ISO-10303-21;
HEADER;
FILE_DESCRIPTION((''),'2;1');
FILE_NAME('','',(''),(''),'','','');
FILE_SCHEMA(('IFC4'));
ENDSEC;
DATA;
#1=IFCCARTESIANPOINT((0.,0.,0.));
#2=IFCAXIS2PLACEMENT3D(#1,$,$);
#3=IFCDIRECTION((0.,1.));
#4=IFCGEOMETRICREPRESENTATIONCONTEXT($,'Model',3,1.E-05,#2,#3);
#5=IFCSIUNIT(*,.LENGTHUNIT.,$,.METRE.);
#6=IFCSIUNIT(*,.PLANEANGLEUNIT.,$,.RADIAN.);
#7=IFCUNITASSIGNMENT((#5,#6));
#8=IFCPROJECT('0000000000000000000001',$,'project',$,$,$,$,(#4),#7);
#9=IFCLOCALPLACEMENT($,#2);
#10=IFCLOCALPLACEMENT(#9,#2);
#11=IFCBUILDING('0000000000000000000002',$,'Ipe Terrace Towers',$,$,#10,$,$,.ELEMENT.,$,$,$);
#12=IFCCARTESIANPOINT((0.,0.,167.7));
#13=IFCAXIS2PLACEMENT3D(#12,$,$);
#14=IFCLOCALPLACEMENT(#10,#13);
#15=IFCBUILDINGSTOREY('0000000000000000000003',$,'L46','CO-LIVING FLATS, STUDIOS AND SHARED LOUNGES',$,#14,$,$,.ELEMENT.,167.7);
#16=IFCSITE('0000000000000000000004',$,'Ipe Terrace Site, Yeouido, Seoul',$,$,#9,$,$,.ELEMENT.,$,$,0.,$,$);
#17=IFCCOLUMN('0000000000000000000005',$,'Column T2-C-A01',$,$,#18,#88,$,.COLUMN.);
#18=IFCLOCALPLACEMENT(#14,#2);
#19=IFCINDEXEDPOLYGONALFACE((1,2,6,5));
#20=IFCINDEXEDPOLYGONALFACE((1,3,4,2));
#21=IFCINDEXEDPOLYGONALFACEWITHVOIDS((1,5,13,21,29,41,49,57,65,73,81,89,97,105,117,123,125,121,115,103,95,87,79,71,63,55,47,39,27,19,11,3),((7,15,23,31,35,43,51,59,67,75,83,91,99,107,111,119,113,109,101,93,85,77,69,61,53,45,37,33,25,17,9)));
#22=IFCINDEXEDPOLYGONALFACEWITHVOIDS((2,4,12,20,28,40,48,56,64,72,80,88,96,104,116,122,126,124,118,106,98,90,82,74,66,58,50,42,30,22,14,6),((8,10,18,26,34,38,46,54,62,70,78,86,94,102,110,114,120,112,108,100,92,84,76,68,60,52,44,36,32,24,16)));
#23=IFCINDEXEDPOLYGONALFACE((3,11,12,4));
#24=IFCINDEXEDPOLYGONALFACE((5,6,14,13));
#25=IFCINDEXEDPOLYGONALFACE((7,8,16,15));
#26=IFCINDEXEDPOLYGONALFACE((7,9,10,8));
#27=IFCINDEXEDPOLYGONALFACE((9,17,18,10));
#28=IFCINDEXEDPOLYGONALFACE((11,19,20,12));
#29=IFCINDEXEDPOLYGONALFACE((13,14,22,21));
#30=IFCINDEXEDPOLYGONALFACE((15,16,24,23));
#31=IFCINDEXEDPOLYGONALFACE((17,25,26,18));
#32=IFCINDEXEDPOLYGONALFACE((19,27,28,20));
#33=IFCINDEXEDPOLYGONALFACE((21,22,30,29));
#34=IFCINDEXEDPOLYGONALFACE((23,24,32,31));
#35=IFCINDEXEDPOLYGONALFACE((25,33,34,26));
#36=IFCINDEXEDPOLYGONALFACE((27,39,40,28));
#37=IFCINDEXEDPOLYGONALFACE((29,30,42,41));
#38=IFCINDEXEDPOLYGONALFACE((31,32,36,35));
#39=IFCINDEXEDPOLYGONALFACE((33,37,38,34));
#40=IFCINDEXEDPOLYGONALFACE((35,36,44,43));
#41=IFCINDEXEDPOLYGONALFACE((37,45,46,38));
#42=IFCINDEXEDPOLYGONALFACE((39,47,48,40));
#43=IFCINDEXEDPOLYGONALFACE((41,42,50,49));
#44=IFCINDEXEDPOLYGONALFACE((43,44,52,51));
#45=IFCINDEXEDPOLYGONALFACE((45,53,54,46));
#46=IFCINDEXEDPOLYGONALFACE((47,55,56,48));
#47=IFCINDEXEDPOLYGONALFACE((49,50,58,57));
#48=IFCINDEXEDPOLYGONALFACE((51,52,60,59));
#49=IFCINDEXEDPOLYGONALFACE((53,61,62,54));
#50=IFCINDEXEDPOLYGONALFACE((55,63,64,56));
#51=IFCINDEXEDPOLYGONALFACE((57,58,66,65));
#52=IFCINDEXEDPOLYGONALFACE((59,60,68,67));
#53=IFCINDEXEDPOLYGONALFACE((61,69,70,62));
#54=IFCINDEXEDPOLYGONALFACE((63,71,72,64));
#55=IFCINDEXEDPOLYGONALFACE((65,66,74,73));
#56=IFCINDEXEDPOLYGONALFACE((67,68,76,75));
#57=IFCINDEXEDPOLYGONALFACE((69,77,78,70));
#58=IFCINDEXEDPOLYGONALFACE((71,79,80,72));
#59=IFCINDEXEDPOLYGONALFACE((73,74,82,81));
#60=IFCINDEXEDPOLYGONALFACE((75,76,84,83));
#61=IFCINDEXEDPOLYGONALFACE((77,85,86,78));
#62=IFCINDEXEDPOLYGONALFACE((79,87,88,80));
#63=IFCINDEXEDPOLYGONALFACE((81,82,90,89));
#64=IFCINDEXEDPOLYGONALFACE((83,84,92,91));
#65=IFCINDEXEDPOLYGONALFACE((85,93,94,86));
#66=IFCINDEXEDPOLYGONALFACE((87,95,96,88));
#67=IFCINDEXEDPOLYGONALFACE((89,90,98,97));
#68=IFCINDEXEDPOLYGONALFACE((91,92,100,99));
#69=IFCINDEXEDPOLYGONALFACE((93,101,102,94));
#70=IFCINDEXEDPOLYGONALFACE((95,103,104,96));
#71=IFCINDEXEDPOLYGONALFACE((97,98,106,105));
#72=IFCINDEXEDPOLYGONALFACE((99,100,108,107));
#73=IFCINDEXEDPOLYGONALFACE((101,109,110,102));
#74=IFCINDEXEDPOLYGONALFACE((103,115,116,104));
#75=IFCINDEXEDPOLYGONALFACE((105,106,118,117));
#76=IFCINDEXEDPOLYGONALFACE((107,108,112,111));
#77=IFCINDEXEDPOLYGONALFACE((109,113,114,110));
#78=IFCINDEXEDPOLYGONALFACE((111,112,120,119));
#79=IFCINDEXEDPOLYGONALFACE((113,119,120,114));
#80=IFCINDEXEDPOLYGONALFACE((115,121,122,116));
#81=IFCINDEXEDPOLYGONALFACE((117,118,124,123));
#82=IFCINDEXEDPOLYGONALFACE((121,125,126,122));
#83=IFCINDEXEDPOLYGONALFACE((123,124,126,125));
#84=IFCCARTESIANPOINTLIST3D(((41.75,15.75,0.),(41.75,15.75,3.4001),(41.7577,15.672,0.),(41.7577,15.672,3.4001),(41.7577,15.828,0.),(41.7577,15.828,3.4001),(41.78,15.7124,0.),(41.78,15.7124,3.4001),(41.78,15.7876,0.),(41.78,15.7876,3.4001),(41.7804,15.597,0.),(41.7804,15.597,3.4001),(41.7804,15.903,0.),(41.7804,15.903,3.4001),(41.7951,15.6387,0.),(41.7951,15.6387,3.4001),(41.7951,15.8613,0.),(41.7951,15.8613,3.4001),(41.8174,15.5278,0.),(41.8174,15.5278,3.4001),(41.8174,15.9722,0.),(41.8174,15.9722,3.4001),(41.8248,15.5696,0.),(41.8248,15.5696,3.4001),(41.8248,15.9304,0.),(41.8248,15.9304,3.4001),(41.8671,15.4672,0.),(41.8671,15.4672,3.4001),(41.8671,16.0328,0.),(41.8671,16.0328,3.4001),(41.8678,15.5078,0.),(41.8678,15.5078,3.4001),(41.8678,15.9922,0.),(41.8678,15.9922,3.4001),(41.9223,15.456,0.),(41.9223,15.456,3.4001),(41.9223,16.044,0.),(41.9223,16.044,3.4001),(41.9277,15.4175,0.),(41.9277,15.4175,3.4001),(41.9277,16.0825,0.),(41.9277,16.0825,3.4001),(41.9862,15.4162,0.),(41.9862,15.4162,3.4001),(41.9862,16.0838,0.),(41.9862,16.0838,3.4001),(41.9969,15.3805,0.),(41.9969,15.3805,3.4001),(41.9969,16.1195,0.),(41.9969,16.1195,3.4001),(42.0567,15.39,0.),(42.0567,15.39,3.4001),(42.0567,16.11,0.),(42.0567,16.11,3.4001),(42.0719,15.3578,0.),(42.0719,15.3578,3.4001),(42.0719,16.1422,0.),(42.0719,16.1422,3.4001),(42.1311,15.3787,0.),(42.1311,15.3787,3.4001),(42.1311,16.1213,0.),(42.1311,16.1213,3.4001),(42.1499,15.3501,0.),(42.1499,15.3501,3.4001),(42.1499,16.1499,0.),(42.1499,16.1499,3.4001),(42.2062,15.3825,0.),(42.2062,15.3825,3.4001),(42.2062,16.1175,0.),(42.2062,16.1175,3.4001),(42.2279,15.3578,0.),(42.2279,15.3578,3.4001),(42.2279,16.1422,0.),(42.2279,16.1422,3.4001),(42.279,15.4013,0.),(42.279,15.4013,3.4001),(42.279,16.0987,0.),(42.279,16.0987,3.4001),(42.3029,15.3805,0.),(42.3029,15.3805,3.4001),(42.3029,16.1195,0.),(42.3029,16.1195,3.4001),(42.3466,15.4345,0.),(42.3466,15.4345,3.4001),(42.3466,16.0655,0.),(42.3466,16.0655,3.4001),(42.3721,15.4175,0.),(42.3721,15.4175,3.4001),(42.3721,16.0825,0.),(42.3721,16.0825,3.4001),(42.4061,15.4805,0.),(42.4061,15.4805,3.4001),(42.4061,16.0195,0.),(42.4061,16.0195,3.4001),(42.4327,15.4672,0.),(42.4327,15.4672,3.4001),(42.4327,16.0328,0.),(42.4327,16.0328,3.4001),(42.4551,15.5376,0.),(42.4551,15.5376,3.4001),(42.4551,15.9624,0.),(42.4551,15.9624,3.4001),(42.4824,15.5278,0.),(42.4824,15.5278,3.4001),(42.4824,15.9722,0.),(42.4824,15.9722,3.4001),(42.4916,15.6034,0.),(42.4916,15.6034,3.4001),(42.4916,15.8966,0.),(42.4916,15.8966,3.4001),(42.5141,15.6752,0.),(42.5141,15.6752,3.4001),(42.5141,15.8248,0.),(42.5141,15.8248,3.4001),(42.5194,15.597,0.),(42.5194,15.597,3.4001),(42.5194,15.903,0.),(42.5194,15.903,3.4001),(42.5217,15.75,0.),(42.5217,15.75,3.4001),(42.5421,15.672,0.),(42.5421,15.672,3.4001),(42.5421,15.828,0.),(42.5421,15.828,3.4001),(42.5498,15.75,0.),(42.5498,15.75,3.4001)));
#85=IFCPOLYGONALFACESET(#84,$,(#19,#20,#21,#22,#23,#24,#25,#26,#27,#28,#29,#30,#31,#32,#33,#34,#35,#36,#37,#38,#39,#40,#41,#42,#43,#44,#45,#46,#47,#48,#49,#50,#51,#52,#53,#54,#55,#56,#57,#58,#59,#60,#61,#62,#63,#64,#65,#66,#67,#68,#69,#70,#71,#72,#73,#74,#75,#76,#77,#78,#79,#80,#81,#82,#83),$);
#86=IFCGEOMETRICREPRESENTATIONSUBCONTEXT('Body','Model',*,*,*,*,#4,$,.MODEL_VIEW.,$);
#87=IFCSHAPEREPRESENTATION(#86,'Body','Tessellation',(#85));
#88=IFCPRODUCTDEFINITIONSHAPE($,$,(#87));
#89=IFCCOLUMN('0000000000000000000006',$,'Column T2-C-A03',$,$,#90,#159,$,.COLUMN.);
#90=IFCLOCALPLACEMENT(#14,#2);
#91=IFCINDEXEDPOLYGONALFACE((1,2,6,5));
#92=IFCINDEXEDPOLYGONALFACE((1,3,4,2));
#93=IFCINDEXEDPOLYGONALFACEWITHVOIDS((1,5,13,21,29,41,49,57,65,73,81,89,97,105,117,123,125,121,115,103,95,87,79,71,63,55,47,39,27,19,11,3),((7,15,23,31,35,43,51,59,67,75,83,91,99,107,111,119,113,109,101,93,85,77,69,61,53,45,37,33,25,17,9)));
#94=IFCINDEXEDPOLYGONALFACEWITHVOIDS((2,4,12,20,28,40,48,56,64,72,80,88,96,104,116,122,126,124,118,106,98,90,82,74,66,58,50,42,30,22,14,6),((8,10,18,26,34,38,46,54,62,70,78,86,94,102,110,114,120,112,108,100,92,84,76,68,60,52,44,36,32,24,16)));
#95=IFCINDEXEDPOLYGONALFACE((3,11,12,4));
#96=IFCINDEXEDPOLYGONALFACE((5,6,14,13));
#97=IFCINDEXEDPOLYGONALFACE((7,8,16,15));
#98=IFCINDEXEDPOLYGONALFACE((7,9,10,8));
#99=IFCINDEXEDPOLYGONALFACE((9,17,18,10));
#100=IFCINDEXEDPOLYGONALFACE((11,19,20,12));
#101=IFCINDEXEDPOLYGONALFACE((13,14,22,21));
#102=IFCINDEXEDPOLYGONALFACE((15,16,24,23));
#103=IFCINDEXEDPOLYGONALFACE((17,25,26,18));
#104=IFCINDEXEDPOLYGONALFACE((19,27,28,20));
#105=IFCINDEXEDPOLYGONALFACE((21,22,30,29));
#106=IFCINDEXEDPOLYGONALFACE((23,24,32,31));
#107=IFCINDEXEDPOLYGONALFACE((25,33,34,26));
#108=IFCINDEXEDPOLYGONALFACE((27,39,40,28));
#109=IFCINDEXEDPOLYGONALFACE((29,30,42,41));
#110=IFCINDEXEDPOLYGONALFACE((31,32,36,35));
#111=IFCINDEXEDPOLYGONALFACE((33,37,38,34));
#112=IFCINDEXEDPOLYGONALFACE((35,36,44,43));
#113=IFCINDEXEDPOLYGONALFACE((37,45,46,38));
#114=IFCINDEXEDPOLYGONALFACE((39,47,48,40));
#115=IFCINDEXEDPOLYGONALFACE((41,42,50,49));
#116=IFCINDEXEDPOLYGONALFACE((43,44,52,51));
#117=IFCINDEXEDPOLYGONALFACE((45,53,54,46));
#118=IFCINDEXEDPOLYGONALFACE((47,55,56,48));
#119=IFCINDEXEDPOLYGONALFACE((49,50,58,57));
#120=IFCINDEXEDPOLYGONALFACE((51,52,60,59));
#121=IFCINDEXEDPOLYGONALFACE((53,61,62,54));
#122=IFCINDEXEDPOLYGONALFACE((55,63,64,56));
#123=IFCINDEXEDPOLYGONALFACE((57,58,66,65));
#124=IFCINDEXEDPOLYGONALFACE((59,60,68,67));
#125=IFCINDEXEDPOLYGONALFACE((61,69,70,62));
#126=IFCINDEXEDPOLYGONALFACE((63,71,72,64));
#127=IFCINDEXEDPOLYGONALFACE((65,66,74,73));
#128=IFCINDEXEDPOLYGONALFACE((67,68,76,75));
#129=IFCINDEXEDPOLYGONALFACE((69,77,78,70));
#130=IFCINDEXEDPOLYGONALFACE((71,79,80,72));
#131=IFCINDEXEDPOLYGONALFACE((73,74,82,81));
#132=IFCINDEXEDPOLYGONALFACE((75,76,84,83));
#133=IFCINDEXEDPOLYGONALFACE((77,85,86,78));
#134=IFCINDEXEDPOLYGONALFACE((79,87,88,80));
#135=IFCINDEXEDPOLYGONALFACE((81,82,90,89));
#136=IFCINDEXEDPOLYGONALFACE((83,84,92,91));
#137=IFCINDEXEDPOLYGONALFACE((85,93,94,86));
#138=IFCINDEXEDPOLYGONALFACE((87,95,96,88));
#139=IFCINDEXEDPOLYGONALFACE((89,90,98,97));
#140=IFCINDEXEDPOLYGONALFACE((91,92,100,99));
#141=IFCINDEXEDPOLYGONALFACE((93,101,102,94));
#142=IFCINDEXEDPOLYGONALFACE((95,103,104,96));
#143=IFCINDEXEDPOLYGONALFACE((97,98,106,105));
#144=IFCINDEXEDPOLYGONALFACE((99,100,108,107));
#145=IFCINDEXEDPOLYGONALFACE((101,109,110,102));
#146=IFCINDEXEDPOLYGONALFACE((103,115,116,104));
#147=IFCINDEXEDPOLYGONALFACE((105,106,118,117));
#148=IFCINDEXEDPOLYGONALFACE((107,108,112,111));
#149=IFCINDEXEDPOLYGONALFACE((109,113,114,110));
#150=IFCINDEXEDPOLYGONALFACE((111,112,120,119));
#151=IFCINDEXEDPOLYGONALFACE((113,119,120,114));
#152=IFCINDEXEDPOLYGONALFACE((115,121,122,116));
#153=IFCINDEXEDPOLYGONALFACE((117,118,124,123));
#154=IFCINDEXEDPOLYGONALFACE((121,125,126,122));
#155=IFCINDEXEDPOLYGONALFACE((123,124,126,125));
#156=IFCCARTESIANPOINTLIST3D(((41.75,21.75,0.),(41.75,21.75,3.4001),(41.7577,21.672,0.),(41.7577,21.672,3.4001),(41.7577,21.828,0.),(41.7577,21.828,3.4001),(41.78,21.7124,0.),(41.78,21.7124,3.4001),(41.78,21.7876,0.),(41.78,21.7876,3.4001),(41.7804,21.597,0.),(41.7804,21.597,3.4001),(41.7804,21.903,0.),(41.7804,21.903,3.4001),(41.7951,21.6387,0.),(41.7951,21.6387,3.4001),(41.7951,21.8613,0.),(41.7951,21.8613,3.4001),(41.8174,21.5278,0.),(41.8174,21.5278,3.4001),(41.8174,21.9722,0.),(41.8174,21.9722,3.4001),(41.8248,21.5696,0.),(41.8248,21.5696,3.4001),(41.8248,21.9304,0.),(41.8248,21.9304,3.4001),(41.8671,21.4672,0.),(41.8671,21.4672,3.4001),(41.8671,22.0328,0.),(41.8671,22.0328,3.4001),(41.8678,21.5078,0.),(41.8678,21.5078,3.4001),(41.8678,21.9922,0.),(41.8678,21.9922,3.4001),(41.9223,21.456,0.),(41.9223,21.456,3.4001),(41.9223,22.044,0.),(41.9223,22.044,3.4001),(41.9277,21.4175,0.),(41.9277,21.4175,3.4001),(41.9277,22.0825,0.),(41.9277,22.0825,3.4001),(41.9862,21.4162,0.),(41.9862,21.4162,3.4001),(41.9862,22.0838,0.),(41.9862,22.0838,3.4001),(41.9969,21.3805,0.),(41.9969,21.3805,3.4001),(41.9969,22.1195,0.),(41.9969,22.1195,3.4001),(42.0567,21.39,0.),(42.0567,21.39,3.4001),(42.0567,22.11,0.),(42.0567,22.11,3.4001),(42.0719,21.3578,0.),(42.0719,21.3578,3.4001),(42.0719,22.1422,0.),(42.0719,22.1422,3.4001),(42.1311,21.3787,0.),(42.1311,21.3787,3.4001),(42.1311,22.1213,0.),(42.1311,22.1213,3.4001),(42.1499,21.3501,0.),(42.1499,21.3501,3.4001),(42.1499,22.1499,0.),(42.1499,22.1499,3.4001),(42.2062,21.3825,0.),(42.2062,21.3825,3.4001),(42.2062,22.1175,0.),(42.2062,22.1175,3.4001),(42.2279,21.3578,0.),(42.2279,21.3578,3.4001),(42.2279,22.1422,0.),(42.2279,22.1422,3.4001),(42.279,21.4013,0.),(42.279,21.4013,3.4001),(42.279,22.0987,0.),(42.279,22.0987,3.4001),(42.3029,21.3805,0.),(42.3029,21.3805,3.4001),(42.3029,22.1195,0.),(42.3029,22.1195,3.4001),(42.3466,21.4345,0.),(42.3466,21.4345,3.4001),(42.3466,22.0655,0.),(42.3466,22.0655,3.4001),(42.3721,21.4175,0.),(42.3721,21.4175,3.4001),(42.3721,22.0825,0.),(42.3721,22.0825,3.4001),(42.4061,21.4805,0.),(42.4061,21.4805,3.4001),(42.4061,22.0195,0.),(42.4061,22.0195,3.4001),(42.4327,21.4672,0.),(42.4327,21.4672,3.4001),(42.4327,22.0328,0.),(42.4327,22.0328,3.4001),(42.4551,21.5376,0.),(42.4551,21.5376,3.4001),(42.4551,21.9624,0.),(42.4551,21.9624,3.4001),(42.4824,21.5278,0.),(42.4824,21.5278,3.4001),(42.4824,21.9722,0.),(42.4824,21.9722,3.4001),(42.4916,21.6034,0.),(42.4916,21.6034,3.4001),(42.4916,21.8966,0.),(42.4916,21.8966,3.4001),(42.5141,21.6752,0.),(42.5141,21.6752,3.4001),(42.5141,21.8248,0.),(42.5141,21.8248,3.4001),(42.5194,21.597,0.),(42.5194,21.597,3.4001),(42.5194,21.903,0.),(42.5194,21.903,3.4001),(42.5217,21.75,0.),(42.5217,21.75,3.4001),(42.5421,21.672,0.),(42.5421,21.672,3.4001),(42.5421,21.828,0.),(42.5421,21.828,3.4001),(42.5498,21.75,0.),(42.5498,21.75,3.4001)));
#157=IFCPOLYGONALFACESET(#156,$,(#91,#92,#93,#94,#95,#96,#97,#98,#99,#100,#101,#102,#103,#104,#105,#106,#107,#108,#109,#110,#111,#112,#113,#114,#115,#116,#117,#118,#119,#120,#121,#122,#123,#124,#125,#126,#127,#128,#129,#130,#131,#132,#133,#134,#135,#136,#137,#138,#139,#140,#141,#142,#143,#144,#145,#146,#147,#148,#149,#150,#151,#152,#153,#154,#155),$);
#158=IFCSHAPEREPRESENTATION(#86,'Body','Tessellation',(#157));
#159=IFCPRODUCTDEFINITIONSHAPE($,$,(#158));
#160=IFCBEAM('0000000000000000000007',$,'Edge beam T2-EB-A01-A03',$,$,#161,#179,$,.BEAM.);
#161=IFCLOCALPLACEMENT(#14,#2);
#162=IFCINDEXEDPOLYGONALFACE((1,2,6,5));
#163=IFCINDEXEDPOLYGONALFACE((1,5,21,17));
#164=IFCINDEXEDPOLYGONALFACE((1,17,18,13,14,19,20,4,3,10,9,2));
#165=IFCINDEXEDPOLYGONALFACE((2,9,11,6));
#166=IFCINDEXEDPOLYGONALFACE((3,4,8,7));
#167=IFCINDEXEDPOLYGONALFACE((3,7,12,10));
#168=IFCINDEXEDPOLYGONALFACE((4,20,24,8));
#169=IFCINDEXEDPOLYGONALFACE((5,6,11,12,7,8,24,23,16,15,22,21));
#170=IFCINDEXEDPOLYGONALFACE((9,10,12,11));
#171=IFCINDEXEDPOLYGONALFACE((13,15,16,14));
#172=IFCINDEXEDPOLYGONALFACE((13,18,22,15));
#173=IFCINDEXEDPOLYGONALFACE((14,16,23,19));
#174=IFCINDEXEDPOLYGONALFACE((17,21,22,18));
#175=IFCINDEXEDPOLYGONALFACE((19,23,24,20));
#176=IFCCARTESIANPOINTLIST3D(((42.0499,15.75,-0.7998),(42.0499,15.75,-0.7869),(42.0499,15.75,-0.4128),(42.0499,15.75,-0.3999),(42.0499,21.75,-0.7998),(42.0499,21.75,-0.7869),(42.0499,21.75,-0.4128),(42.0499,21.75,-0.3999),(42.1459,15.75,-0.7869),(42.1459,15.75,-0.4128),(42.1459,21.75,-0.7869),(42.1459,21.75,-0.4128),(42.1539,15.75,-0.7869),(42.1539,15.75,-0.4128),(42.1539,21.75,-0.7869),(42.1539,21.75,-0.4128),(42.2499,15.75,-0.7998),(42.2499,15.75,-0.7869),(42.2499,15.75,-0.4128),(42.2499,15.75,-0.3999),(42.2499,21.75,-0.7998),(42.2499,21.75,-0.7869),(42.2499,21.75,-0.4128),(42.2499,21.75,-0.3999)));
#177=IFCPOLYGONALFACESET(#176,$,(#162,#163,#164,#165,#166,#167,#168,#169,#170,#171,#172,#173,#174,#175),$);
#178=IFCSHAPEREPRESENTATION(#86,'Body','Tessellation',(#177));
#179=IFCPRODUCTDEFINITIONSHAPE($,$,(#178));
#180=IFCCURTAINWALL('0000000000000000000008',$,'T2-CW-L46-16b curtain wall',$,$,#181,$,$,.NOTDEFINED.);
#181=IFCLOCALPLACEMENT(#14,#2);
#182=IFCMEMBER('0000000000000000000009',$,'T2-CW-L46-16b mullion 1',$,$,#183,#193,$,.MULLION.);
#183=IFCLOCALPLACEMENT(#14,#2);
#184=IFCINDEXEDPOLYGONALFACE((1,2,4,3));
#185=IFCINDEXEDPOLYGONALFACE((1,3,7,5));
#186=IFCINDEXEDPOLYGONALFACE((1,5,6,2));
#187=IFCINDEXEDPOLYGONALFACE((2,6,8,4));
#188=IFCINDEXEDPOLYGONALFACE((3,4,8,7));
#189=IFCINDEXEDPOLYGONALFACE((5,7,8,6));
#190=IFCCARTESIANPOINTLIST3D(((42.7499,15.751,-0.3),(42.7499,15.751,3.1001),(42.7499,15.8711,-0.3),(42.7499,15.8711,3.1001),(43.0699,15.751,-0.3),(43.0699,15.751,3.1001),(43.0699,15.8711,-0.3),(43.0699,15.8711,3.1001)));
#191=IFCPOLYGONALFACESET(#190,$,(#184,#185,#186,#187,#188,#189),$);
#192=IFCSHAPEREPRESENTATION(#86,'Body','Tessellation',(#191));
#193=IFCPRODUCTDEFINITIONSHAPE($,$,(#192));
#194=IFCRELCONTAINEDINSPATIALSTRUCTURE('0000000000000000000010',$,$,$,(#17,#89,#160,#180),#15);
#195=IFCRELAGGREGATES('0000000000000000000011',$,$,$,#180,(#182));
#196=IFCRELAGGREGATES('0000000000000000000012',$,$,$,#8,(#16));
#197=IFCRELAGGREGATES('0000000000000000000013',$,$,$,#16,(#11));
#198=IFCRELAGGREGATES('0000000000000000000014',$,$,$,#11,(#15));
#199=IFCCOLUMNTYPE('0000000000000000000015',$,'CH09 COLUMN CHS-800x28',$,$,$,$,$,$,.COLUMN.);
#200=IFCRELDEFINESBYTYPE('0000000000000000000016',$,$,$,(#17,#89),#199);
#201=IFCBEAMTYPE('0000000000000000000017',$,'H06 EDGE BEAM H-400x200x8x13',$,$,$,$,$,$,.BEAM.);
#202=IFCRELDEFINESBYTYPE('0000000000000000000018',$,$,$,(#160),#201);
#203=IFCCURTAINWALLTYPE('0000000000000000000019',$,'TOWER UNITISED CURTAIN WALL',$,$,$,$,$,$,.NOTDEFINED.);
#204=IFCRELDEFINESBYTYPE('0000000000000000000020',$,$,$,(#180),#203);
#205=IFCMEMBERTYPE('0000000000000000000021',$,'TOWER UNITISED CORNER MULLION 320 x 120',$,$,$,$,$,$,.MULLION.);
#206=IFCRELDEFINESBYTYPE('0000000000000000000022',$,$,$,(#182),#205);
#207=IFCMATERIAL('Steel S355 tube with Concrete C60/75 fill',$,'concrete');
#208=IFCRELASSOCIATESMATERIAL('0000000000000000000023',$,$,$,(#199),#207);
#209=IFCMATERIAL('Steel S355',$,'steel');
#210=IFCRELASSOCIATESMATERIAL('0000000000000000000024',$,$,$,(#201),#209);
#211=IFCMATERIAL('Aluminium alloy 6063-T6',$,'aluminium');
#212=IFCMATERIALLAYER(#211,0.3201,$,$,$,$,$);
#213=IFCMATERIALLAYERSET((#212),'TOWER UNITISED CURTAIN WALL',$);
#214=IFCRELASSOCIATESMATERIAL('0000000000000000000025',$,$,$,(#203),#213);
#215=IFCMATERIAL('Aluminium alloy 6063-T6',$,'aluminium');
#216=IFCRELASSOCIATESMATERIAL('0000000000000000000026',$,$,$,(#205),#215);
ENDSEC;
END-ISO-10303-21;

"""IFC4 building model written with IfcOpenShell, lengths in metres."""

from ifc_helpers import new_model, si_unit, direction, frame, origin, origin_2d, place, context, subcontext, project, spatial, rectangle, hollow_circle, i_section, extrude, material, layer, layer_set, material_profile, profile_set, type_object, element, aggregate, save


model = new_model("IFC4")

# Units and contexts
model_context = context("Model", 3, precision=1e-05, world=origin(), true_north=direction((0.0, 1.0)))
body_context = subcontext(model_context, "Body", "Model", "MODEL_VIEW")
ifc_project = project(units=[si_unit("LENGTHUNIT", "METRE"), si_unit("PLANEANGLEUNIT", "RADIAN")], contexts=[model_context])

# Site, building, storey
site_placement = place(None, origin())
site = spatial("IfcSite", under=ifc_project, at=site_placement, Name="Ipe Terrace Site, Yeouido, Seoul", CompositionType="ELEMENT", RefElevation=0.0)
building_placement = place(site_placement, origin())
building = spatial("IfcBuilding", under=site, at=building_placement, Name="Ipe Terrace Towers", CompositionType="ELEMENT")
storey_placement = place(building_placement, frame((0.0, 0.0, 167.7)))
storey = spatial("IfcBuildingStorey", under=building, at=storey_placement, Name="L46", Description="CO-LIVING FLATS, STUDIOS AND SHARED LOUNGES", CompositionType="ELEMENT", Elevation=167.7)

# Columns
ifc_material_1 = material(Name="Steel S355 tube with Concrete C60/75 fill", Category="concrete")
ifc_material_profile_1 = material_profile(ifc_material_1, hollow_circle(Radius=0.3999, WallThickness=0.0281, at=origin_2d()), Name="CHS-800x28")
ifc_profile_set_1 = profile_set([ifc_material_profile_1], Name="Steel S355 tube with Concrete C60/75 fill")
column_type = type_object("IfcColumnType", Name="CH09 COLUMN CHS-800x28", PredefinedType="COLUMN", material=ifc_profile_set_1)
for number, where, z_axis, x_axis, name in (
    (1, (42.1499, 15.75, 0.0), (0.0, 0.0, 1.0), (1.0, 0.0, 0.0), "Column T2-C-A01"),
    (2, (42.1499, 21.75, 0.0), (0.0, 0.0, 1.0), (1.0, 0.0, 0.0), "Column T2-C-A03"),
):
    element("IfcColumn", number, at=place(storey_placement, frame(where, z_axis=z_axis, x_axis=x_axis)), inside=storey, type_object=column_type, Name=name, PredefinedType="COLUMN", context=body_context, shape_type="SweptSolid", body=[
        extrude(hollow_circle(Radius=0.3999, WallThickness=0.0281, at=origin_2d()), origin(), (0.0, 0.0, 1.0), 3.4001),
    ])

# Beam
ifc_material_2 = material(Name="Steel S355", Category="steel")
ifc_material_profile_2 = material_profile(ifc_material_2, i_section(OverallWidth=0.2, OverallDepth=0.3999, WebThickness=0.0081, FlangeThickness=0.0129, at=origin_2d()), Name="H-400x200x8x13")
ifc_profile_set_2 = profile_set([ifc_material_profile_2], Name="Steel S355")
beam_type = type_object("IfcBeamType", Name="H06 EDGE BEAM H-400x200x8x13", PredefinedType="BEAM", material=ifc_profile_set_2)
beam_placement = place(storey_placement, frame((42.1499, 15.75, -0.5999), z_axis=(0.0, 1.0, 0.0), x_axis=(-1.0, 0.0, 0.0)))
element("IfcBeam", 3, at=beam_placement, inside=storey, type_object=beam_type, Name="Edge beam T2-EB-A01-A03", PredefinedType="BEAM", context=body_context, shape_type="SweptSolid", body=[
    extrude(i_section(OverallWidth=0.2, OverallDepth=0.3999, WebThickness=0.0081, FlangeThickness=0.0129, at=origin_2d()), origin(), (0.0, 0.0, 1.0), 6.0),
])

# Curtain wall, member
ifc_material_3 = material(Name="Aluminium alloy 6063-T6", Category="aluminium")
ifc_layer_1 = layer(ifc_material_3, 0.3201)
ifc_layer_set_1 = layer_set([ifc_layer_1], Name="TOWER UNITISED CURTAIN WALL")
curtain_wall_type = type_object("IfcCurtainWallType", Name="TOWER UNITISED CURTAIN WALL", PredefinedType="NOTDEFINED", material=ifc_layer_set_1)
curtain_wall_1_placement = place(storey_placement, origin())
curtain_wall_1 = element("IfcCurtainWall", 4, at=curtain_wall_1_placement, inside=storey, type_object=curtain_wall_type, Name="T2-CW-L46-16b curtain wall", PredefinedType="NOTDEFINED")
ifc_material_4 = material(Name="Aluminium alloy 6063-T6", Category="aluminium")
ifc_material_profile_3 = material_profile(ifc_material_4, rectangle(XDim=0.3201, YDim=0.1201, at=origin_2d()), Name="TOWER UNITISED CORNER MULLION 320 x 120")
ifc_profile_set_3 = profile_set([ifc_material_profile_3], Name="Aluminium alloy 6063-T6")
member_type_1 = type_object("IfcMemberType", Name="TOWER UNITISED CORNER MULLION 320 x 120", PredefinedType="MULLION", material=ifc_profile_set_3)
member_1_placement = place(storey_placement, frame((42.9099, 15.811, -0.3), z_axis=(0.0, 0.0, 1.0), x_axis=(1.0, 0.0, 0.0)))
member_1 = element("IfcMember", 5, at=member_1_placement, type_object=member_type_1, Name="T2-CW-L46-16b mullion 1", PredefinedType="MULLION", context=body_context, shape_type="SweptSolid", body=[
    extrude(rectangle(XDim=0.3201, YDim=0.1201, at=origin_2d()), origin(), (0.0, 0.0, 1.0), 3.4001),
])

aggregate(curtain_wall_1, [member_1])

save(model, "model.ifc")
